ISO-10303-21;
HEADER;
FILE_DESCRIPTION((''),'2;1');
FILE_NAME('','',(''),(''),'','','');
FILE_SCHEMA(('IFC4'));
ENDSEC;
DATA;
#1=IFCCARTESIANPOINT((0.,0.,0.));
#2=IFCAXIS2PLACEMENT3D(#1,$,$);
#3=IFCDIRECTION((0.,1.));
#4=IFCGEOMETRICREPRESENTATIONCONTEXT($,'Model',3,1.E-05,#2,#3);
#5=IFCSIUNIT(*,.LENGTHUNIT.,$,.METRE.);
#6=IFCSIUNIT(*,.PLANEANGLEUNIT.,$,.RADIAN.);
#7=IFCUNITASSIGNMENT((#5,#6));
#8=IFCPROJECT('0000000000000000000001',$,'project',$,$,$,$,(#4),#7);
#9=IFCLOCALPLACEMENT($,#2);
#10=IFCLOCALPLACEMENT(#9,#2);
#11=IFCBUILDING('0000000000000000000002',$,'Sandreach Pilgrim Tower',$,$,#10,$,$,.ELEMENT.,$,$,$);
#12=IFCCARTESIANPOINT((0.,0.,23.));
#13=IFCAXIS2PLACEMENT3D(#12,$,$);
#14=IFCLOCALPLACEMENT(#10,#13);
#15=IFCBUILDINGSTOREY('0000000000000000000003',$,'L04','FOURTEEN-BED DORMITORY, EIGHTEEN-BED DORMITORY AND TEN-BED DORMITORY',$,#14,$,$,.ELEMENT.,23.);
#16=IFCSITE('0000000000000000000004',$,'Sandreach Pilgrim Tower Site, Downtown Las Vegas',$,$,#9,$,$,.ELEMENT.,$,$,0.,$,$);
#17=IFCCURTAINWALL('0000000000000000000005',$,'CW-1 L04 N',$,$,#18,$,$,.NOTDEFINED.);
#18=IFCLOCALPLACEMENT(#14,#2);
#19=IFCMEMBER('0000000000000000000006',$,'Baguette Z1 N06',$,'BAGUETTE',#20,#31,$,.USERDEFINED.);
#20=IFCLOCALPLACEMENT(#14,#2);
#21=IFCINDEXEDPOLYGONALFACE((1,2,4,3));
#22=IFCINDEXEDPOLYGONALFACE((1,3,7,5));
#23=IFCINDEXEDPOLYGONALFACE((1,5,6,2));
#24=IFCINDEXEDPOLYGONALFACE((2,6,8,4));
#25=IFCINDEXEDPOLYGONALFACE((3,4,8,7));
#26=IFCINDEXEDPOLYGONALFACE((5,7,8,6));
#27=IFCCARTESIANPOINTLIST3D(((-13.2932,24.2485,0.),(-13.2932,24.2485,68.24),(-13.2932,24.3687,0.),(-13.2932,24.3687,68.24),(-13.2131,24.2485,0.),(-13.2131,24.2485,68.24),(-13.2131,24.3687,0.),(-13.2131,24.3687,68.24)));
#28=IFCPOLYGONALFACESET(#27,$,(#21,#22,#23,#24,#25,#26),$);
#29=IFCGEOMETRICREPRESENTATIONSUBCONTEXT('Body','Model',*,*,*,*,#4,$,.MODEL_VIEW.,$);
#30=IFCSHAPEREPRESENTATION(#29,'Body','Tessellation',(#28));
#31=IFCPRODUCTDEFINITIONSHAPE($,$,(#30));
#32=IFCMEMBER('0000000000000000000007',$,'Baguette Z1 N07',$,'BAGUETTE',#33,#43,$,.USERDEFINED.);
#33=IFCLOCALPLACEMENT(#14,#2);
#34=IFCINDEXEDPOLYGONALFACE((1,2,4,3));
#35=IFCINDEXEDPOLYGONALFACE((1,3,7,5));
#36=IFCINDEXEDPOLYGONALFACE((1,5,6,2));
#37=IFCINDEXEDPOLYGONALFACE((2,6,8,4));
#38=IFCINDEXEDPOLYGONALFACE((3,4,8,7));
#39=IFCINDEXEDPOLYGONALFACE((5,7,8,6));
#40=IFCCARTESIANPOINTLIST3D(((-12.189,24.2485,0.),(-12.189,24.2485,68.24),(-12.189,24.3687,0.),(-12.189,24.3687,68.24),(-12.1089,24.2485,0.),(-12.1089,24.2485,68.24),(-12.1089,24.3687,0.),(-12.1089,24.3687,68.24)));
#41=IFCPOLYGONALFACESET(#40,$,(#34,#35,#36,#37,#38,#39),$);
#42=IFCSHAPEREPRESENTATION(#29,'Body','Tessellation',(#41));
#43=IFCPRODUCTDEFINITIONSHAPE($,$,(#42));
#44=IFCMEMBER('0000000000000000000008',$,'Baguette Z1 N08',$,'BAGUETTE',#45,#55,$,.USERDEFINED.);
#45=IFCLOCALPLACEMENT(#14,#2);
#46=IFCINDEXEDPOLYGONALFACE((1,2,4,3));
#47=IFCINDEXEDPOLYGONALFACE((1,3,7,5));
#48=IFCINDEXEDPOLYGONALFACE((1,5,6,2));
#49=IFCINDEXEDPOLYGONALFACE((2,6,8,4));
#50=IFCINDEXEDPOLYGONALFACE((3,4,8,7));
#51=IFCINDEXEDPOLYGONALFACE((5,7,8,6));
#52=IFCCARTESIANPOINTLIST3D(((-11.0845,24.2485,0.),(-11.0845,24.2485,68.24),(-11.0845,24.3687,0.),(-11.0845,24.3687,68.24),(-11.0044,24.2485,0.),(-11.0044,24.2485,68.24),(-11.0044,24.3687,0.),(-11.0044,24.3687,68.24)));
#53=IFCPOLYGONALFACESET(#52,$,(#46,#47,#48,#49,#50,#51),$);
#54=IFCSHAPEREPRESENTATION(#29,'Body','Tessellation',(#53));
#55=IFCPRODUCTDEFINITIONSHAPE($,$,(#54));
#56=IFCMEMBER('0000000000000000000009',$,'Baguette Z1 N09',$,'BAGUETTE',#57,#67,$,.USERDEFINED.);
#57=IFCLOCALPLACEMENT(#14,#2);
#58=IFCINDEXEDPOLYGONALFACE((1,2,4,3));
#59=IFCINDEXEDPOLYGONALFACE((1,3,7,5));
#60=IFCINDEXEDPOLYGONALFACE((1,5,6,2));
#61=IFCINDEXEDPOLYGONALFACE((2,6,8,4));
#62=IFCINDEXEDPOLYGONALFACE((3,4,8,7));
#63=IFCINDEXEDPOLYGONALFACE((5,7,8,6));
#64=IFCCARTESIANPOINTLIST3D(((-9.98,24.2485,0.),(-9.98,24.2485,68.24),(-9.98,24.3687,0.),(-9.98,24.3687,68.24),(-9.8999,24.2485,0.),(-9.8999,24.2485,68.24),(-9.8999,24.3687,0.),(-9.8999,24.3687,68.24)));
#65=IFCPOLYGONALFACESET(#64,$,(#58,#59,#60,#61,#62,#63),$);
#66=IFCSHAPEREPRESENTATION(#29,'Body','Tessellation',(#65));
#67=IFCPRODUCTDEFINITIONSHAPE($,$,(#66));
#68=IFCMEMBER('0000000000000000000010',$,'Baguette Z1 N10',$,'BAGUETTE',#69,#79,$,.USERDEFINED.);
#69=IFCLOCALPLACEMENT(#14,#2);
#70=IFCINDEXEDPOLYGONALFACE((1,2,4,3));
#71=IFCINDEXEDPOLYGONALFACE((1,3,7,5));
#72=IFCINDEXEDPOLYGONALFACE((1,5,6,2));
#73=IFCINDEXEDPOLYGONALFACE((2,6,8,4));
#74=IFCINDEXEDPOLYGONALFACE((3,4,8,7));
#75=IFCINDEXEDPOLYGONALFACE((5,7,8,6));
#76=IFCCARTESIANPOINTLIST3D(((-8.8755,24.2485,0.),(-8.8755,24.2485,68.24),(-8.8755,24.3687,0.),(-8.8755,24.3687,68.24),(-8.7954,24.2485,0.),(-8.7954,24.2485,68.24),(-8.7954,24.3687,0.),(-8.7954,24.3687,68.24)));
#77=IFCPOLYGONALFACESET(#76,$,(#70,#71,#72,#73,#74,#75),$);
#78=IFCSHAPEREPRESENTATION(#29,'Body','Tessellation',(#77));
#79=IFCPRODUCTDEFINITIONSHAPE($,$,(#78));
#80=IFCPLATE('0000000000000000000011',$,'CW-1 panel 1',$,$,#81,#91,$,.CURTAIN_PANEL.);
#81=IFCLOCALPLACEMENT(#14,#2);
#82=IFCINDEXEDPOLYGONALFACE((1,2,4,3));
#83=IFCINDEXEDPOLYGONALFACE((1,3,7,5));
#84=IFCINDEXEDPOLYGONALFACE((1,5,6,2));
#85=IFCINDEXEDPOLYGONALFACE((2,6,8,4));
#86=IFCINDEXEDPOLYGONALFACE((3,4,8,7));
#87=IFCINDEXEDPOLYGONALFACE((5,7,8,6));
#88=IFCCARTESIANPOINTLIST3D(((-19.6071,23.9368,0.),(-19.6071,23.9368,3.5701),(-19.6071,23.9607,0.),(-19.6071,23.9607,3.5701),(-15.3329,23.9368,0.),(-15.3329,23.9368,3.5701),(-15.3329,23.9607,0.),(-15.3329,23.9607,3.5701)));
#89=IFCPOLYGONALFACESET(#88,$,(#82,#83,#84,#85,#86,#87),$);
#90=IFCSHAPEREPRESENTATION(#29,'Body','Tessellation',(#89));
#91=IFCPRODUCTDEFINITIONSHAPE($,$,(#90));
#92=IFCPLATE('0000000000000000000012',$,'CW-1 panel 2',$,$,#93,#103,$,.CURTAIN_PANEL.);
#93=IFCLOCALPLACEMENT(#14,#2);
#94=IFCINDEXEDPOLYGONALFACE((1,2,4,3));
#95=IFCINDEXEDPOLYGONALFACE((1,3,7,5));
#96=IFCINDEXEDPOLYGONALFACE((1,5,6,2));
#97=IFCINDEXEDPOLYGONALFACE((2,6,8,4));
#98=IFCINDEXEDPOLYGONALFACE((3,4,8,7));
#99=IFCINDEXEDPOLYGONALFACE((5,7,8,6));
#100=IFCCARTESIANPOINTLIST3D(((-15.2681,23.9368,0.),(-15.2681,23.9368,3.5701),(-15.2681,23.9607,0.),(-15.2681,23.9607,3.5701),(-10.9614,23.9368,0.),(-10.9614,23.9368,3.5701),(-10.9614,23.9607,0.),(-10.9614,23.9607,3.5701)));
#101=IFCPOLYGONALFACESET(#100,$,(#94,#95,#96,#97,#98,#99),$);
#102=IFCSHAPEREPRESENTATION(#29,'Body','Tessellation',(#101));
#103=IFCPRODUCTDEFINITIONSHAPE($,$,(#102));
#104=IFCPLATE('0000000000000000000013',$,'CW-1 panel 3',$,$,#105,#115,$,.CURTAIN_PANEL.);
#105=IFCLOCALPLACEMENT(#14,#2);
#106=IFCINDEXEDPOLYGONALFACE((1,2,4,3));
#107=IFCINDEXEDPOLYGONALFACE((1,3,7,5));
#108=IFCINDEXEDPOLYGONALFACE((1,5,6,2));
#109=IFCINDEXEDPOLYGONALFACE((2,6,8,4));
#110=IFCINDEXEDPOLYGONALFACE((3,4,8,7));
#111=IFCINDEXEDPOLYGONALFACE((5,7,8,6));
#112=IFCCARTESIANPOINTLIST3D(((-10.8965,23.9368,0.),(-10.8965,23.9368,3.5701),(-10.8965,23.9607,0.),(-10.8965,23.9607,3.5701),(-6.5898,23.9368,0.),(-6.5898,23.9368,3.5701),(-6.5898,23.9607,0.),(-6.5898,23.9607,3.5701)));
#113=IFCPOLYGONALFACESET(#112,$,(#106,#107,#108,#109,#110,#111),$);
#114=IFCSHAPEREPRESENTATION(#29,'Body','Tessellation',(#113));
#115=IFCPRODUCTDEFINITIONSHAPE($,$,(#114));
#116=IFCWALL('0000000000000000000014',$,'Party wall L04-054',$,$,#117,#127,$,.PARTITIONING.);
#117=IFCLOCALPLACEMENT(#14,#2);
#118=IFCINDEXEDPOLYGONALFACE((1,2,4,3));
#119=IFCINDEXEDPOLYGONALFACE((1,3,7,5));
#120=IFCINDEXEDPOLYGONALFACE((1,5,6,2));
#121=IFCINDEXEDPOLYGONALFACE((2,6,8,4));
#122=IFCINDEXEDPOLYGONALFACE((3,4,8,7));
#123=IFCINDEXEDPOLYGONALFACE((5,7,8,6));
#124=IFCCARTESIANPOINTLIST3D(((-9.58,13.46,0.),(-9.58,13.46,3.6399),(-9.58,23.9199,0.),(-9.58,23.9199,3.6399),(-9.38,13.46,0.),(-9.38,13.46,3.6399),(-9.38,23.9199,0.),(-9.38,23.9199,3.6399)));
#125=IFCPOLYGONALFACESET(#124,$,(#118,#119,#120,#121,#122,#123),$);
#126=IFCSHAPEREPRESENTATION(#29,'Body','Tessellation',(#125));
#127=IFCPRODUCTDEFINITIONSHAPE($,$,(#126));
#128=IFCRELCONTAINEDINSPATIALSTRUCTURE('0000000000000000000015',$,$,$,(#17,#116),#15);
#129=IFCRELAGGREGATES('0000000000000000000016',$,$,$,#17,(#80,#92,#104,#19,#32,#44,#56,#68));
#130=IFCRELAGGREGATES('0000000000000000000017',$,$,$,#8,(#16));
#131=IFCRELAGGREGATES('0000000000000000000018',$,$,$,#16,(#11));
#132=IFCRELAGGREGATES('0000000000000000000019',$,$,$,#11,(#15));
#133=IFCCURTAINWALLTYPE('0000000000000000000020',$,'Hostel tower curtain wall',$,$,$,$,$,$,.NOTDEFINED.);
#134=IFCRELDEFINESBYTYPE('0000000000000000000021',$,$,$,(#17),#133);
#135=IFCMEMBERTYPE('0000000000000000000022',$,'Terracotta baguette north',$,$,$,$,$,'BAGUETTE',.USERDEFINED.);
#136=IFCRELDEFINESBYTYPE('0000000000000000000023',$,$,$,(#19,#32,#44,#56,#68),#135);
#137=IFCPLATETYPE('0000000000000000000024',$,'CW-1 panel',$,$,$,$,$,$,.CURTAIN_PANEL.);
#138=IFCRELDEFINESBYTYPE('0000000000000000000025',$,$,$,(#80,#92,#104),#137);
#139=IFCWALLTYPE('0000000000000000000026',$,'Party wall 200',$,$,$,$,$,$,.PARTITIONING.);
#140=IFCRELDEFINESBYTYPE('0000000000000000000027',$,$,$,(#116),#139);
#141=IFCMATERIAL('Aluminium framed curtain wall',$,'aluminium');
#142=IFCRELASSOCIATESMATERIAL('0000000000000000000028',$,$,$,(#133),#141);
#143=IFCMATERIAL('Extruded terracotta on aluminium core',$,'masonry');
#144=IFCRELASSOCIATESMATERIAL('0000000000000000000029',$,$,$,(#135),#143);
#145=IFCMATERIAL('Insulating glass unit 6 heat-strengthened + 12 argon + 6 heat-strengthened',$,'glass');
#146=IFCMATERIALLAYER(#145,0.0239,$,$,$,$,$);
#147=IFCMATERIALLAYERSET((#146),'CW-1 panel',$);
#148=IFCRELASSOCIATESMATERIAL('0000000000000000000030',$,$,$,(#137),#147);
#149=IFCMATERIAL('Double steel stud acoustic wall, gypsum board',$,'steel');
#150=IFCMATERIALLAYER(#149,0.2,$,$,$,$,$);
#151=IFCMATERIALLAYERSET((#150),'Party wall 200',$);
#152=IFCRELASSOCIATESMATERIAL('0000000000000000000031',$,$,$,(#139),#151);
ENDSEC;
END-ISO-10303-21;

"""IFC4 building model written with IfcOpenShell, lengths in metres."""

from ifc_helpers import new_model, si_unit, direction, frame, frame_2d, origin, origin_2d, place, context, subcontext, project, spatial, rectangle, extrude, material, layer, layer_set, material_profile, profile_set, type_object, element, aggregate, save


model = new_model("IFC4")

# Units and contexts
model_context = context("Model", 3, precision=1e-05, world=origin(), true_north=direction((0.0, 1.0)))
body_context = subcontext(model_context, "Body", "Model", "MODEL_VIEW")
ifc_project = project(units=[si_unit("LENGTHUNIT", "METRE"), si_unit("PLANEANGLEUNIT", "RADIAN")], contexts=[model_context])

# Site, building, storey
site_placement = place(None, origin())
site = spatial("IfcSite", under=ifc_project, at=site_placement, Name="Sandreach Pilgrim Tower Site, Downtown Las Vegas", CompositionType="ELEMENT", RefElevation=0.0)
building_placement = place(site_placement, origin())
building = spatial("IfcBuilding", under=site, at=building_placement, Name="Sandreach Pilgrim Tower", CompositionType="ELEMENT")
storey_placement = place(building_placement, frame((0.0, 0.0, 23.0)))
storey = spatial("IfcBuildingStorey", under=building, at=storey_placement, Name="L04", Description="FOURTEEN-BED DORMITORY, EIGHTEEN-BED DORMITORY AND TEN-BED DORMITORY", CompositionType="ELEMENT", Elevation=23.0)

# Curtain wall
ifc_material_1 = material(Name="Aluminium framed curtain wall", Category="aluminium")
curtain_wall_type = type_object("IfcCurtainWallType", Name="Hostel tower curtain wall", PredefinedType="NOTDEFINED", material=ifc_material_1)
curtain_wall_placement = place(storey_placement, origin())
curtain_wall = element("IfcCurtainWall", 1, at=curtain_wall_placement, inside=storey, type_object=curtain_wall_type, Name="CW-1 L04 N", PredefinedType="NOTDEFINED")

# Members
ifc_material_2 = material(Name="Extruded terracotta on aluminium core", Category="masonry")
ifc_material_profile_1 = material_profile(ifc_material_2, rectangle(XDim=0.0801, YDim=0.1201, at=origin_2d()), Name="TBN 80X120")
ifc_profile_set_1 = profile_set([ifc_material_profile_1], Name="Extruded terracotta on aluminium core")
member_type_1 = type_object("IfcMemberType", Name="Terracotta baguette north", ElementType="BAGUETTE", PredefinedType="USERDEFINED", material=ifc_profile_set_1)
member_1_placement = place(storey_placement, frame((-13.2532, 24.3086, 0.0), z_axis=(0.0, 0.0, 1.0), x_axis=(1.0, 0.0, 0.0)))
member_1 = element("IfcMember", 2, at=member_1_placement, type_object=member_type_1, Name="Baguette Z1 N06", ObjectType="BAGUETTE", PredefinedType="USERDEFINED", context=body_context, shape_type="SweptSolid", body=[
    extrude(rectangle(XDim=0.0801, YDim=0.1201, at=origin_2d()), origin(), (0.0, 0.0, 1.0), 68.24),
])
member_2_placement = place(storey_placement, frame((-12.1489, 24.3086, 0.0), z_axis=(0.0, 0.0, 1.0), x_axis=(1.0, 0.0, 0.0)))
member_2 = element("IfcMember", 3, at=member_2_placement, type_object=member_type_1, Name="Baguette Z1 N07", ObjectType="BAGUETTE", PredefinedType="USERDEFINED", context=body_context, shape_type="SweptSolid", body=[
    extrude(rectangle(XDim=0.0801, YDim=0.1201, at=origin_2d()), origin(), (0.0, 0.0, 1.0), 68.24),
])
member_3_placement = place(storey_placement, frame((-11.0444, 24.3086, 0.0), z_axis=(0.0, 0.0, 1.0), x_axis=(1.0, 0.0, 0.0)))
member_3 = element("IfcMember", 4, at=member_3_placement, type_object=member_type_1, Name="Baguette Z1 N08", ObjectType="BAGUETTE", PredefinedType="USERDEFINED", context=body_context, shape_type="SweptSolid", body=[
    extrude(rectangle(XDim=0.0801, YDim=0.1201, at=origin_2d()), origin(), (0.0, 0.0, 1.0), 68.24),
])
member_4_placement = place(storey_placement, frame((-9.9399, 24.3086, 0.0), z_axis=(0.0, 0.0, 1.0), x_axis=(1.0, 0.0, 0.0)))
member_4 = element("IfcMember", 5, at=member_4_placement, type_object=member_type_1, Name="Baguette Z1 N09", ObjectType="BAGUETTE", PredefinedType="USERDEFINED", context=body_context, shape_type="SweptSolid", body=[
    extrude(rectangle(XDim=0.0801, YDim=0.1201, at=origin_2d()), origin(), (0.0, 0.0, 1.0), 68.24),
])
member_5_placement = place(storey_placement, frame((-8.8354, 24.3086, 0.0), z_axis=(0.0, 0.0, 1.0), x_axis=(1.0, 0.0, 0.0)))
member_5 = element("IfcMember", 6, at=member_5_placement, type_object=member_type_1, Name="Baguette Z1 N10", ObjectType="BAGUETTE", PredefinedType="USERDEFINED", context=body_context, shape_type="SweptSolid", body=[
    extrude(rectangle(XDim=0.0801, YDim=0.1201, at=origin_2d()), origin(), (0.0, 0.0, 1.0), 68.24),
])

# Plates
ifc_material_3 = material(Name="Insulating glass unit 6 heat-strengthened + 12 argon + 6 heat-strengthened", Category="glass")
ifc_layer_1 = layer(ifc_material_3, 0.0239)
ifc_layer_set_1 = layer_set([ifc_layer_1], Name="CW-1 panel")
plate_type = type_object("IfcPlateType", Name="CW-1 panel", PredefinedType="CURTAIN_PANEL", material=ifc_layer_set_1)
plate_1_placement = place(storey_placement, frame((-17.47, 23.9487, 0.0), z_axis=(0.0, 0.0, 1.0), x_axis=(1.0, 0.0, 0.0)))
plate_1 = element("IfcPlate", 7, at=plate_1_placement, type_object=plate_type, Name="CW-1 panel 1", PredefinedType="CURTAIN_PANEL", context=body_context, shape_type="SweptSolid", body=[
    extrude(rectangle(XDim=4.2742, YDim=0.0239, at=origin_2d()), origin(), (0.0, 0.0, 1.0), 3.5701),
])
plate_2_placement = place(storey_placement, frame((-13.1147, 23.9487, 0.0), z_axis=(0.0, 0.0, 1.0), x_axis=(1.0, 0.0, 0.0)))
plate_2 = element("IfcPlate", 8, at=plate_2_placement, type_object=plate_type, Name="CW-1 panel 2", PredefinedType="CURTAIN_PANEL", context=body_context, shape_type="SweptSolid", body=[
    extrude(rectangle(XDim=4.3066, YDim=0.0239, at=origin_2d()), origin(), (0.0, 0.0, 1.0), 3.5701),
])
plate_3_placement = place(storey_placement, frame((-8.7432, 23.9487, 0.0), z_axis=(0.0, 0.0, 1.0), x_axis=(1.0, 0.0, 0.0)))
plate_3 = element("IfcPlate", 9, at=plate_3_placement, type_object=plate_type, Name="CW-1 panel 3", PredefinedType="CURTAIN_PANEL", context=body_context, shape_type="SweptSolid", body=[
    extrude(rectangle(XDim=4.3066, YDim=0.0239, at=origin_2d()), origin(), (0.0, 0.0, 1.0), 3.5701),
])
aggregate(curtain_wall, [plate_1, plate_2, plate_3, member_1, member_2, member_3, member_4, member_5])

# Wall
ifc_material_4 = material(Name="Double steel stud acoustic wall, gypsum board", Category="steel")
ifc_layer_2 = layer(ifc_material_4, 0.2)
ifc_layer_set_2 = layer_set([ifc_layer_2], Name="Party wall 200")
wall_type = type_object("IfcWallType", Name="Party wall 200", PredefinedType="PARTITIONING", material=ifc_layer_set_2)
wall_placement = place(storey_placement, frame((-9.48, 23.9199, 0.0), z_axis=(0.0, 0.0, 1.0), x_axis=(0.0, -1.0, 0.0)))
element("IfcWall", 10, at=wall_placement, inside=storey, type_object=wall_type, Name="Party wall L04-054", PredefinedType="PARTITIONING", context=body_context, shape_type="SweptSolid", body=[
    extrude(rectangle(XDim=10.46, YDim=0.2, at=frame_2d((5.23, 0.0))), origin(), (0.0, 0.0, 1.0), 3.6399),
])

save(model, "model.ifc")
